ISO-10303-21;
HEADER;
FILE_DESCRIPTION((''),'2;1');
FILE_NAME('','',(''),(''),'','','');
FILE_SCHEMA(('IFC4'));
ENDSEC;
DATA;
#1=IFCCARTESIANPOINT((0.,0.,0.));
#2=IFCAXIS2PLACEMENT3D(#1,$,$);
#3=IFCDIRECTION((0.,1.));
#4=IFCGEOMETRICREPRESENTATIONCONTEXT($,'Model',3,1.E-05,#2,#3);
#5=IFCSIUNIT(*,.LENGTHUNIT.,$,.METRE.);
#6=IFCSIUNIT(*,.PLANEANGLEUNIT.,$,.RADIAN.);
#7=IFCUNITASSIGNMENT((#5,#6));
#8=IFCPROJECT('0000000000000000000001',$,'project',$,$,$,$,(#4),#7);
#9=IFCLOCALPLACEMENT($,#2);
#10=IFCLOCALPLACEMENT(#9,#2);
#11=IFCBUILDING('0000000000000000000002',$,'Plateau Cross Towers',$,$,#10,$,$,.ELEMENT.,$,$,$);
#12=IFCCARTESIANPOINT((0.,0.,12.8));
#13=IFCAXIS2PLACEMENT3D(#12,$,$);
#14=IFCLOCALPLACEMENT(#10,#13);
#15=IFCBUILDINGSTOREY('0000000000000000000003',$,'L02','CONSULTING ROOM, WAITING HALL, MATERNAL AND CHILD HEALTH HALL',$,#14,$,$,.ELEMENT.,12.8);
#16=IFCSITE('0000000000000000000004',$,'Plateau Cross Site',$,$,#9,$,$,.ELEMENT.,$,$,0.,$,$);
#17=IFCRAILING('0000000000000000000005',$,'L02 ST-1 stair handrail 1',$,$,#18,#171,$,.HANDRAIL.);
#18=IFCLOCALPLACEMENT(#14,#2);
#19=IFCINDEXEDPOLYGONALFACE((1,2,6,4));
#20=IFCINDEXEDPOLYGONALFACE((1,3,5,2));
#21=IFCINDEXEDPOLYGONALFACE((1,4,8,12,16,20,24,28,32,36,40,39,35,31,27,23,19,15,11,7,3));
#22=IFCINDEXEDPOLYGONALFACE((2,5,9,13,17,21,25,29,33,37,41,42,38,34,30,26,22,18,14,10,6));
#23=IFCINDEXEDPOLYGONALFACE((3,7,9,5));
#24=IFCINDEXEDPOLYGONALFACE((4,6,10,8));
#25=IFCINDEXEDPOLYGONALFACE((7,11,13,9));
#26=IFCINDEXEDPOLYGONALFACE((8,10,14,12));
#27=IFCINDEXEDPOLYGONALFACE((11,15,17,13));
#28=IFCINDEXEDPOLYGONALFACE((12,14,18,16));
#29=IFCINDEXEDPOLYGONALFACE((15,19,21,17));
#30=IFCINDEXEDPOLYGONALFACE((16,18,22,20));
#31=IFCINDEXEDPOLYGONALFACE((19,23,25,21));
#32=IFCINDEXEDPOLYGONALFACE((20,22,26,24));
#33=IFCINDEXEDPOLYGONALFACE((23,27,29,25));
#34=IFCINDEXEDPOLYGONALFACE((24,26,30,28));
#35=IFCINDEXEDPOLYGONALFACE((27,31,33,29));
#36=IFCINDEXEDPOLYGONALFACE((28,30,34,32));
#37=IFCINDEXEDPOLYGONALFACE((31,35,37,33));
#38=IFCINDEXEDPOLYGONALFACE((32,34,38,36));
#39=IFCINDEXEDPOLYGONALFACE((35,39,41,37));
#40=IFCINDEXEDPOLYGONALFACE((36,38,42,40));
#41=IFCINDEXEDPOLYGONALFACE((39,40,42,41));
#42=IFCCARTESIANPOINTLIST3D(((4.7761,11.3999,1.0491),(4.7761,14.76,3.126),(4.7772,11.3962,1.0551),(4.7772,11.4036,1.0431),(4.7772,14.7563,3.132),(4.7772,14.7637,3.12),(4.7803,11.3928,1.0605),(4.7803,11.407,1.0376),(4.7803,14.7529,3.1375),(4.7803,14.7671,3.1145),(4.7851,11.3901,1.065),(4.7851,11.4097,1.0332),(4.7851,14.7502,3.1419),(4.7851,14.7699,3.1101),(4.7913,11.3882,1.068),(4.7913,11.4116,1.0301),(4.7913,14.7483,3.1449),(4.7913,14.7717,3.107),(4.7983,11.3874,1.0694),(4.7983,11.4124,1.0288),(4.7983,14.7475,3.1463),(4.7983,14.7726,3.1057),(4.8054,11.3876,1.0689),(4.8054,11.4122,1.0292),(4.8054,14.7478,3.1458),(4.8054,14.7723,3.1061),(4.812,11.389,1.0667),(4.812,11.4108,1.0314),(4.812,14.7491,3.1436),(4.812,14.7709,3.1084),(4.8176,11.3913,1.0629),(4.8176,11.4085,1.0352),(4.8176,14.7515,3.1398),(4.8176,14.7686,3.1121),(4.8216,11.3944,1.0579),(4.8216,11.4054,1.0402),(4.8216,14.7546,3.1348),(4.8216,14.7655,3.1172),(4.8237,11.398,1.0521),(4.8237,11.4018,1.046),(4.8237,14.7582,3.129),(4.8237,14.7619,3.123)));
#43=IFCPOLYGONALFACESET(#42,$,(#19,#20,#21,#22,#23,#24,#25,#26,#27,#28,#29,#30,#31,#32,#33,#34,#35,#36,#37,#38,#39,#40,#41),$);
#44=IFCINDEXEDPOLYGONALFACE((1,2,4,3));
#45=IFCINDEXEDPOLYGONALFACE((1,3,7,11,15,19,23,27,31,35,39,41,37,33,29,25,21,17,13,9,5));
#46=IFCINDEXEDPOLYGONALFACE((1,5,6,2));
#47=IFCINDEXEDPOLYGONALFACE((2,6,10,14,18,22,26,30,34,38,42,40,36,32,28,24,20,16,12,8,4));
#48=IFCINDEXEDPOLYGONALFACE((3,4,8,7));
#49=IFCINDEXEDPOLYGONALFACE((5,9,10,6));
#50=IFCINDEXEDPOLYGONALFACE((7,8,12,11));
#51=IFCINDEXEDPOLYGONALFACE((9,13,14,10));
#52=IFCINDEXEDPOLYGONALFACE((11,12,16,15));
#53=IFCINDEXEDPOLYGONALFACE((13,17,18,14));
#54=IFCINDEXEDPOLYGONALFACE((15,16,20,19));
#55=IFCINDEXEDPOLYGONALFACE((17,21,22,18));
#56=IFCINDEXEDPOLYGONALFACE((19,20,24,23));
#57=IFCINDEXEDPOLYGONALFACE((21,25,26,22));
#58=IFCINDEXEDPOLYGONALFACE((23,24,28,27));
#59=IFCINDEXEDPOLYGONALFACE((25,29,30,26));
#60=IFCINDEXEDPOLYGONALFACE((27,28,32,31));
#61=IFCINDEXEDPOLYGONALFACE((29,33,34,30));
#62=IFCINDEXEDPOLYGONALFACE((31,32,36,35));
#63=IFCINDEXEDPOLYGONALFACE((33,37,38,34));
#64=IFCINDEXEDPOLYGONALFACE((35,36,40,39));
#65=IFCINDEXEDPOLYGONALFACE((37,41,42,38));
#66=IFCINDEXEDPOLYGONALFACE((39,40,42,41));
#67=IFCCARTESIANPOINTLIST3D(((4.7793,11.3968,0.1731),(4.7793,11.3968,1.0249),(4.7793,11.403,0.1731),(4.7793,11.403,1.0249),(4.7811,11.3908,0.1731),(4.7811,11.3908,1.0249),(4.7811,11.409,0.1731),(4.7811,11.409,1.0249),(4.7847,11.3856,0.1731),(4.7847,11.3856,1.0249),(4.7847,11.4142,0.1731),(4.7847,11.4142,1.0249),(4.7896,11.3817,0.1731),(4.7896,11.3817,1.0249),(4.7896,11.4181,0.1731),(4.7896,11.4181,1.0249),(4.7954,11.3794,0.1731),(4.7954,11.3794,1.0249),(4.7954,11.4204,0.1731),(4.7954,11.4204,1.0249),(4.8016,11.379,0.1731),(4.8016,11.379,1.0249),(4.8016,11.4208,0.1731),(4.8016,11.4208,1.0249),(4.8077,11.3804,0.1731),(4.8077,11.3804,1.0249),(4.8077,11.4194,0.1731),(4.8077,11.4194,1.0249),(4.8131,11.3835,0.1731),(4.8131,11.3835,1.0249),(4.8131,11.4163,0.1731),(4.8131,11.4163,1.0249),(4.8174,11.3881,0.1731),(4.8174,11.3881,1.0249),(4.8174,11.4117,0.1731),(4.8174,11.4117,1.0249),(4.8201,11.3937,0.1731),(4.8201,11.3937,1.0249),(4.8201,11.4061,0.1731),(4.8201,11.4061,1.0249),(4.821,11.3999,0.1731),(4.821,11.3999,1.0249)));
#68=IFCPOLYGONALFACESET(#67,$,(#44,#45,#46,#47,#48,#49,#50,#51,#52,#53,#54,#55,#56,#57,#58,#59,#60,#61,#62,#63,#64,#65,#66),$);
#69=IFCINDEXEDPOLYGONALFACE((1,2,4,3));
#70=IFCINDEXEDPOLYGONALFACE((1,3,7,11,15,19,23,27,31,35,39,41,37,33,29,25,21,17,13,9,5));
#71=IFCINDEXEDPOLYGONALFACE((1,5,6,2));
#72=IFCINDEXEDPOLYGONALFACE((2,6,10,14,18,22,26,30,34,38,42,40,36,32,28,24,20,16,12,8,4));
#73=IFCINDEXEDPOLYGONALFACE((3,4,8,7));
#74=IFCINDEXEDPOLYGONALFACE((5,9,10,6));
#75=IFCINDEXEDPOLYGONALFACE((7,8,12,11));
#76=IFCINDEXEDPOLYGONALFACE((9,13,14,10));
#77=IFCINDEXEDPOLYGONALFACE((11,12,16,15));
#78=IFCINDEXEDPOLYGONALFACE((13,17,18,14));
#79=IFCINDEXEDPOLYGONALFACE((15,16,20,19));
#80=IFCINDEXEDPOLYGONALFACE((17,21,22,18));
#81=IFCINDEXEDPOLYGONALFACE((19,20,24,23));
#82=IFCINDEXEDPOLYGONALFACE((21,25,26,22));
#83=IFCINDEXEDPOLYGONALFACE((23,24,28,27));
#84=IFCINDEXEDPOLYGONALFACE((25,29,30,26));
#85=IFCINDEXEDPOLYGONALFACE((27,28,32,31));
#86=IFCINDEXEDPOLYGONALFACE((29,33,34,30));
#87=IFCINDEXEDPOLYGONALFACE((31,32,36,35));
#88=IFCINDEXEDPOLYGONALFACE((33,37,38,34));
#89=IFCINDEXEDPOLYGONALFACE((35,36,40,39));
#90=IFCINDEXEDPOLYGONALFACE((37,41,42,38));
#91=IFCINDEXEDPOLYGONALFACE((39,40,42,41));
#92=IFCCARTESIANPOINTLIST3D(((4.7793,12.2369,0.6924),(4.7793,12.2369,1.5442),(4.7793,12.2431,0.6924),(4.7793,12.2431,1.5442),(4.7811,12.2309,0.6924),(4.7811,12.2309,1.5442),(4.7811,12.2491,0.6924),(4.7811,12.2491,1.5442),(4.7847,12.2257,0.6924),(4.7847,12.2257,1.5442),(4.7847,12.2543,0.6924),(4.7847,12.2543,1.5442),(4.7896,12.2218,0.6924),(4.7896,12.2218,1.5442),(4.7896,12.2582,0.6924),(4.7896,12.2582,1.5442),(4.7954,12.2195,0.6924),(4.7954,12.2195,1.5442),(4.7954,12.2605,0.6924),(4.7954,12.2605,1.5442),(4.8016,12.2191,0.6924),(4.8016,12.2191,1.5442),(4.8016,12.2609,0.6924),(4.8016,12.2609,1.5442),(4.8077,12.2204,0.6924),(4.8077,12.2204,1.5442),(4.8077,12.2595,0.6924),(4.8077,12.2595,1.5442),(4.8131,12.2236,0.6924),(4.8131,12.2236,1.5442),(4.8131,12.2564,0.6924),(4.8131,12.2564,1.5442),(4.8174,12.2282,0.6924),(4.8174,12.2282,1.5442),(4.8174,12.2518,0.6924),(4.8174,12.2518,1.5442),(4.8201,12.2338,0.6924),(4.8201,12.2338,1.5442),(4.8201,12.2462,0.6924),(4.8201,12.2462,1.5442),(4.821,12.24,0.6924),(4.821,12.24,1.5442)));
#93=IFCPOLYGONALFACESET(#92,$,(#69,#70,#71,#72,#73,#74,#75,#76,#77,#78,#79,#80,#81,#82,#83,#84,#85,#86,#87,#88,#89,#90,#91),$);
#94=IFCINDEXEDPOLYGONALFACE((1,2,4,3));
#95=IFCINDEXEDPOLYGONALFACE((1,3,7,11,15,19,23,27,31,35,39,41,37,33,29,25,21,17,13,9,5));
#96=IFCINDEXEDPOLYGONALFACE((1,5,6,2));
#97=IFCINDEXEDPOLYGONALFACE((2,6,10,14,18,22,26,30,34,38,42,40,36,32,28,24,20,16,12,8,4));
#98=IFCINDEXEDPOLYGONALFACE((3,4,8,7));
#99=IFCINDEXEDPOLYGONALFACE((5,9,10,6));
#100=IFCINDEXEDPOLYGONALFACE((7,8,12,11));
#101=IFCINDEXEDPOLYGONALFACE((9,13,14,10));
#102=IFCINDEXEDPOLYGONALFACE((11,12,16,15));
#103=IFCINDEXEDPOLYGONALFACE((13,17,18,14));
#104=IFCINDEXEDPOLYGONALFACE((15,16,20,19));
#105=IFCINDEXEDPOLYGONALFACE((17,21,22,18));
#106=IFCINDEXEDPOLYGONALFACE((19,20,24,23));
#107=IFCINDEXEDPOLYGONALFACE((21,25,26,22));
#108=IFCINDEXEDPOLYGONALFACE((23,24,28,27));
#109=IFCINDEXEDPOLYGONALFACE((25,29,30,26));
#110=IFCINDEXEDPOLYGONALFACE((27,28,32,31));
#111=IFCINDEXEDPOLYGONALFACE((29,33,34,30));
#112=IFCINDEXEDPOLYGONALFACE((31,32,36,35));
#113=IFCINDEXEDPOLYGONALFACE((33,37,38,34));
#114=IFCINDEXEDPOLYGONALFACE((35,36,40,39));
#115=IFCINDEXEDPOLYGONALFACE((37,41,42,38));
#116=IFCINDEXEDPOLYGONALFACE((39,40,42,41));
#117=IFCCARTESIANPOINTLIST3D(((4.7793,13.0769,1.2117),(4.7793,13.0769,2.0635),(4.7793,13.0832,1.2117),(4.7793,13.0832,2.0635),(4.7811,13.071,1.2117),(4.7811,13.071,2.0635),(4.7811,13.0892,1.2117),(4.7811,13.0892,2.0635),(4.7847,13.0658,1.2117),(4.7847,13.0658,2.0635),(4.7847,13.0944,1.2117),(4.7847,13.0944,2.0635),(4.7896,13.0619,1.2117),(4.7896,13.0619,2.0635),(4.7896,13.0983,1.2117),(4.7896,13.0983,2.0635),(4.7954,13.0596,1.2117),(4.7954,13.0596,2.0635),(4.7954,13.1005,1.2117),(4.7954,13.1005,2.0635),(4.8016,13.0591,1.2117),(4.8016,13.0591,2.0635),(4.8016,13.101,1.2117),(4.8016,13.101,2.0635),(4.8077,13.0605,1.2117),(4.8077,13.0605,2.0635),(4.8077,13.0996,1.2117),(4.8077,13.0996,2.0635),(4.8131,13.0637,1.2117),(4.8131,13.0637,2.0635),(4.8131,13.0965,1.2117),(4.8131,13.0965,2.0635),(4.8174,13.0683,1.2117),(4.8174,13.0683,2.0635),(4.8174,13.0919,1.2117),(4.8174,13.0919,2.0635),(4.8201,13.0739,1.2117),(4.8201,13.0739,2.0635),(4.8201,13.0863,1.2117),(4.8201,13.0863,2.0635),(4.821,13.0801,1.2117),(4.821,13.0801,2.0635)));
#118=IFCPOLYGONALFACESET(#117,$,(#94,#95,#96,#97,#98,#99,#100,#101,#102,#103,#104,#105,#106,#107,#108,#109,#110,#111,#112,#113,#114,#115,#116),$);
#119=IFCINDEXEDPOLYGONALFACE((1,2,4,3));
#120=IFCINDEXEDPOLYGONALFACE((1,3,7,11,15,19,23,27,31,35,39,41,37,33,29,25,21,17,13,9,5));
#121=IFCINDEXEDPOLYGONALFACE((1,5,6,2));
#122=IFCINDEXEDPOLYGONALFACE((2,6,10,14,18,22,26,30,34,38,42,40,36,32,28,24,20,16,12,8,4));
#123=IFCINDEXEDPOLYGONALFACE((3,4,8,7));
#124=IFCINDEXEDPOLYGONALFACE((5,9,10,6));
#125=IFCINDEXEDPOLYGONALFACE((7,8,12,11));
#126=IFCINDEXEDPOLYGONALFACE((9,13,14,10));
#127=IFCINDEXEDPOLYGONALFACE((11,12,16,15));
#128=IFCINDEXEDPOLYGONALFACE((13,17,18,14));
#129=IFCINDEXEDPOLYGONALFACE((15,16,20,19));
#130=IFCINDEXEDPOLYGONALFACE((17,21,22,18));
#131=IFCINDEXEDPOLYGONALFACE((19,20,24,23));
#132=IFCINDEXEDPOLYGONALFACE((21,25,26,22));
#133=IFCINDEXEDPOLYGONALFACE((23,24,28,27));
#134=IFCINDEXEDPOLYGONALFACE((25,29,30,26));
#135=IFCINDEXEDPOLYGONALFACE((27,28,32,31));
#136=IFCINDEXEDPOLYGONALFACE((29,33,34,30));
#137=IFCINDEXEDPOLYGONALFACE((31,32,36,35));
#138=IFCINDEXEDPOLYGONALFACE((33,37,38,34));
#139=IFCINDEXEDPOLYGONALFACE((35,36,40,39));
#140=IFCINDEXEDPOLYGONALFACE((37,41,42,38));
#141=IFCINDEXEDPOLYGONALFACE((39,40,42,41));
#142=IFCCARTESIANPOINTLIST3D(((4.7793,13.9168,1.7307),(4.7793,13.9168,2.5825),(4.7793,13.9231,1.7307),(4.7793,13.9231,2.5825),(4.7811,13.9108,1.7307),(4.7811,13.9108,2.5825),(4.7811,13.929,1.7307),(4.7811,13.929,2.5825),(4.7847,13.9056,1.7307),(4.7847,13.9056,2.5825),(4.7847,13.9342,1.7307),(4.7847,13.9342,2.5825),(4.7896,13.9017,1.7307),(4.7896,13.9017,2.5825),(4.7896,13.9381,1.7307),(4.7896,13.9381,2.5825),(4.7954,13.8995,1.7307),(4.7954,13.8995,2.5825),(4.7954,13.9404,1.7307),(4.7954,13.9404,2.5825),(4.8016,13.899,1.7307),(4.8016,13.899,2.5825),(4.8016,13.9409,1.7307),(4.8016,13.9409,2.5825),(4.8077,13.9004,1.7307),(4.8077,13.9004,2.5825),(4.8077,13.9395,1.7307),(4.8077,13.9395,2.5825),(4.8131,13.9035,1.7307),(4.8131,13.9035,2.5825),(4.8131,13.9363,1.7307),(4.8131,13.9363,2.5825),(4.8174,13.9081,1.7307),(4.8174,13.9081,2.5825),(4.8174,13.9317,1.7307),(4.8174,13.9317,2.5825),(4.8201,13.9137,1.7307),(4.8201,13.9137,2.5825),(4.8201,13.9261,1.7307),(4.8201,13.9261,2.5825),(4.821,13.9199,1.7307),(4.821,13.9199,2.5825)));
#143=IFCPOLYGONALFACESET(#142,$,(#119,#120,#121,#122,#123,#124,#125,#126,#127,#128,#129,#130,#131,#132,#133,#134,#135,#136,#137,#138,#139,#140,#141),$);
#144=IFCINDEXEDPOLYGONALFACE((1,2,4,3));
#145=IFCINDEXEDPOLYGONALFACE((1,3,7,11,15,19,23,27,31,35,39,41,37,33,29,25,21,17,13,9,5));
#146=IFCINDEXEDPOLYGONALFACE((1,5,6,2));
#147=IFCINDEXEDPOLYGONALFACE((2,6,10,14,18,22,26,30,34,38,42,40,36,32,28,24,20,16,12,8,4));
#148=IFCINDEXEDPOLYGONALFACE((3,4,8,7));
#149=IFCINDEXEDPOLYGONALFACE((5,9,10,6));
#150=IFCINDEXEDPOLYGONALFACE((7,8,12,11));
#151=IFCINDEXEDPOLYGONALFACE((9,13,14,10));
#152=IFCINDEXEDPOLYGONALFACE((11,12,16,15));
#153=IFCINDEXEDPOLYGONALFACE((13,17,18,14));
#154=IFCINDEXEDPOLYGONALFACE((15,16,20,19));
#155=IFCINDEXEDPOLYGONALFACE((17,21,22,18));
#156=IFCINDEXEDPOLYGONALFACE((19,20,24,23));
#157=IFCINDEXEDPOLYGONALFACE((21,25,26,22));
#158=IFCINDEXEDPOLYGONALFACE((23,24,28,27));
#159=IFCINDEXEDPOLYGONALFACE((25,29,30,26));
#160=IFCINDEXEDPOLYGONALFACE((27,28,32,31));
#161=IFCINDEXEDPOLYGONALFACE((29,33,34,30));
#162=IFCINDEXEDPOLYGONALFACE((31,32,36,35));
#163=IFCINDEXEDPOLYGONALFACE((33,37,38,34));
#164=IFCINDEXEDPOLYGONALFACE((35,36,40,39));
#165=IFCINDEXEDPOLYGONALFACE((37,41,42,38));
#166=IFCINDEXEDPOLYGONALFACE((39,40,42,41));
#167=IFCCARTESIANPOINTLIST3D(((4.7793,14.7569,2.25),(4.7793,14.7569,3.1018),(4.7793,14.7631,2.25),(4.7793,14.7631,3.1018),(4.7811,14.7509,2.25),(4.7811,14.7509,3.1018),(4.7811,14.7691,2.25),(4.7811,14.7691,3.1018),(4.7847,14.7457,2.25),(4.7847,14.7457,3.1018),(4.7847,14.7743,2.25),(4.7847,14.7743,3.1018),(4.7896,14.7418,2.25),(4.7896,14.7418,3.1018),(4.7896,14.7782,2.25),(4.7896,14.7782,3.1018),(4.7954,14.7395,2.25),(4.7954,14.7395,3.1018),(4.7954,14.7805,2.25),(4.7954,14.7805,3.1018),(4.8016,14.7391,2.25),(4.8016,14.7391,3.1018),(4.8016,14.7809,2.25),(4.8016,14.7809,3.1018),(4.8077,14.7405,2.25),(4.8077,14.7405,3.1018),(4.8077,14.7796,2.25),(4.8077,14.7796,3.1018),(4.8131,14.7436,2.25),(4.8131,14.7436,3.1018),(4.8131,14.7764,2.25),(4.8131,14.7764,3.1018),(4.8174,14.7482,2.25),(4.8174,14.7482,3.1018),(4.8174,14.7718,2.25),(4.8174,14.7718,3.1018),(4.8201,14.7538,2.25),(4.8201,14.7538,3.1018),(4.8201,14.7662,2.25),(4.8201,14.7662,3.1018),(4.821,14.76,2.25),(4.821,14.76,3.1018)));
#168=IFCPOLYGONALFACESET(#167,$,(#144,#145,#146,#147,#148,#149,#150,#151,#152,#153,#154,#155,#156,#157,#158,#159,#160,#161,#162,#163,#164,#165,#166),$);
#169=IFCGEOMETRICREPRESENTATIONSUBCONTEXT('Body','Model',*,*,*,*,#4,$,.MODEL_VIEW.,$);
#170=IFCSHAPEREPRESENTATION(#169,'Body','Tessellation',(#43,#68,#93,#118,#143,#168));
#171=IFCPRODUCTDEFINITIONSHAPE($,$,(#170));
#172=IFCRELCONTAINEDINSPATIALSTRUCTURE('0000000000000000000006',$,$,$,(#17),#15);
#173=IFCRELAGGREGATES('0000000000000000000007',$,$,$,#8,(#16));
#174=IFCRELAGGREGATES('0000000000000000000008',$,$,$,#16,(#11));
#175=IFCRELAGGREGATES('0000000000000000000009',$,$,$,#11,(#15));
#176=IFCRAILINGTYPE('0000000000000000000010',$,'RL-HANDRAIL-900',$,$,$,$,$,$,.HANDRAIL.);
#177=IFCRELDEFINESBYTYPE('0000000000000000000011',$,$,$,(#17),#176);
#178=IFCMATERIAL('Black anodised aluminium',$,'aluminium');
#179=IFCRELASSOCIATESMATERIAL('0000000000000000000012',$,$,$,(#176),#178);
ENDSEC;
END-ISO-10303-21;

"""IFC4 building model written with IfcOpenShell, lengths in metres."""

from ifc_helpers import new_model, si_unit, direction, frame, origin, origin_2d, place, context, subcontext, project, spatial, circle, extrude, material, type_object, element, save


model = new_model("IFC4")

# Units and contexts
model_context = context("Model", 3, precision=1e-05, world=origin(), true_north=direction((0.0, 1.0)))
body_context = subcontext(model_context, "Body", "Model", "MODEL_VIEW")
ifc_project = project(units=[si_unit("LENGTHUNIT", "METRE"), si_unit("PLANEANGLEUNIT", "RADIAN")], contexts=[model_context])

# Site, building, storey
site_placement = place(None, origin())
site = spatial("IfcSite", under=ifc_project, at=site_placement, Name="Plateau Cross Site", CompositionType="ELEMENT", RefElevation=0.0)
building_placement = place(site_placement, origin())
building = spatial("IfcBuilding", under=site, at=building_placement, Name="Plateau Cross Towers", CompositionType="ELEMENT")
storey_placement = place(building_placement, frame((0.0, 0.0, 12.8)))
storey = spatial("IfcBuildingStorey", under=building, at=storey_placement, Name="L02", Description="CONSULTING ROOM, WAITING HALL, MATERNAL AND CHILD HEALTH HALL", CompositionType="ELEMENT", Elevation=12.8)

# Shared definitions
ifc_material_1 = material(Name="Black anodised aluminium", Category="aluminium")

# Railing
railing_type_1 = type_object("IfcRailingType", Name="RL-HANDRAIL-900", PredefinedType="HANDRAIL", material=ifc_material_1)
railing_1_placement = place(storey_placement, frame((4.8, 11.3999, 0.1731)))
element("IfcRailing", 1, at=railing_1_placement, inside=storey, type_object=railing_type_1, Name="L02 ST-1 stair handrail 1", PredefinedType="HANDRAIL", context=body_context, shape_type="SweptSolid", body=[
    extrude(circle(Radius=0.0239, at=origin_2d()), frame((0.0, 0.0, 0.876), z_axis=(0.0, 0.850623, 0.525776), x_axis=(-1.0, 0.0, 0.0)), (0.0, 0.0, 1.0), 3.9502),
    extrude(circle(Radius=0.021, at=origin_2d()), origin(), (0.0, 0.0, 1.0), 0.8518),
    extrude(circle(Radius=0.021, at=origin_2d()), frame((0.0, 0.8401, 0.5193)), (0.0, 0.0, 1.0), 0.8518),
    extrude(circle(Radius=0.021, at=origin_2d()), frame((0.0, 1.6802, 1.0386)), (0.0, 0.0, 1.0), 0.8518),
    extrude(circle(Radius=0.021, at=origin_2d()), frame((0.0, 2.52, 1.5576)), (0.0, 0.0, 1.0), 0.8518),
    extrude(circle(Radius=0.021, at=origin_2d()), frame((0.0, 3.3601, 2.0769)), (0.0, 0.0, 1.0), 0.8518),
])

save(model, "model.ifc")
